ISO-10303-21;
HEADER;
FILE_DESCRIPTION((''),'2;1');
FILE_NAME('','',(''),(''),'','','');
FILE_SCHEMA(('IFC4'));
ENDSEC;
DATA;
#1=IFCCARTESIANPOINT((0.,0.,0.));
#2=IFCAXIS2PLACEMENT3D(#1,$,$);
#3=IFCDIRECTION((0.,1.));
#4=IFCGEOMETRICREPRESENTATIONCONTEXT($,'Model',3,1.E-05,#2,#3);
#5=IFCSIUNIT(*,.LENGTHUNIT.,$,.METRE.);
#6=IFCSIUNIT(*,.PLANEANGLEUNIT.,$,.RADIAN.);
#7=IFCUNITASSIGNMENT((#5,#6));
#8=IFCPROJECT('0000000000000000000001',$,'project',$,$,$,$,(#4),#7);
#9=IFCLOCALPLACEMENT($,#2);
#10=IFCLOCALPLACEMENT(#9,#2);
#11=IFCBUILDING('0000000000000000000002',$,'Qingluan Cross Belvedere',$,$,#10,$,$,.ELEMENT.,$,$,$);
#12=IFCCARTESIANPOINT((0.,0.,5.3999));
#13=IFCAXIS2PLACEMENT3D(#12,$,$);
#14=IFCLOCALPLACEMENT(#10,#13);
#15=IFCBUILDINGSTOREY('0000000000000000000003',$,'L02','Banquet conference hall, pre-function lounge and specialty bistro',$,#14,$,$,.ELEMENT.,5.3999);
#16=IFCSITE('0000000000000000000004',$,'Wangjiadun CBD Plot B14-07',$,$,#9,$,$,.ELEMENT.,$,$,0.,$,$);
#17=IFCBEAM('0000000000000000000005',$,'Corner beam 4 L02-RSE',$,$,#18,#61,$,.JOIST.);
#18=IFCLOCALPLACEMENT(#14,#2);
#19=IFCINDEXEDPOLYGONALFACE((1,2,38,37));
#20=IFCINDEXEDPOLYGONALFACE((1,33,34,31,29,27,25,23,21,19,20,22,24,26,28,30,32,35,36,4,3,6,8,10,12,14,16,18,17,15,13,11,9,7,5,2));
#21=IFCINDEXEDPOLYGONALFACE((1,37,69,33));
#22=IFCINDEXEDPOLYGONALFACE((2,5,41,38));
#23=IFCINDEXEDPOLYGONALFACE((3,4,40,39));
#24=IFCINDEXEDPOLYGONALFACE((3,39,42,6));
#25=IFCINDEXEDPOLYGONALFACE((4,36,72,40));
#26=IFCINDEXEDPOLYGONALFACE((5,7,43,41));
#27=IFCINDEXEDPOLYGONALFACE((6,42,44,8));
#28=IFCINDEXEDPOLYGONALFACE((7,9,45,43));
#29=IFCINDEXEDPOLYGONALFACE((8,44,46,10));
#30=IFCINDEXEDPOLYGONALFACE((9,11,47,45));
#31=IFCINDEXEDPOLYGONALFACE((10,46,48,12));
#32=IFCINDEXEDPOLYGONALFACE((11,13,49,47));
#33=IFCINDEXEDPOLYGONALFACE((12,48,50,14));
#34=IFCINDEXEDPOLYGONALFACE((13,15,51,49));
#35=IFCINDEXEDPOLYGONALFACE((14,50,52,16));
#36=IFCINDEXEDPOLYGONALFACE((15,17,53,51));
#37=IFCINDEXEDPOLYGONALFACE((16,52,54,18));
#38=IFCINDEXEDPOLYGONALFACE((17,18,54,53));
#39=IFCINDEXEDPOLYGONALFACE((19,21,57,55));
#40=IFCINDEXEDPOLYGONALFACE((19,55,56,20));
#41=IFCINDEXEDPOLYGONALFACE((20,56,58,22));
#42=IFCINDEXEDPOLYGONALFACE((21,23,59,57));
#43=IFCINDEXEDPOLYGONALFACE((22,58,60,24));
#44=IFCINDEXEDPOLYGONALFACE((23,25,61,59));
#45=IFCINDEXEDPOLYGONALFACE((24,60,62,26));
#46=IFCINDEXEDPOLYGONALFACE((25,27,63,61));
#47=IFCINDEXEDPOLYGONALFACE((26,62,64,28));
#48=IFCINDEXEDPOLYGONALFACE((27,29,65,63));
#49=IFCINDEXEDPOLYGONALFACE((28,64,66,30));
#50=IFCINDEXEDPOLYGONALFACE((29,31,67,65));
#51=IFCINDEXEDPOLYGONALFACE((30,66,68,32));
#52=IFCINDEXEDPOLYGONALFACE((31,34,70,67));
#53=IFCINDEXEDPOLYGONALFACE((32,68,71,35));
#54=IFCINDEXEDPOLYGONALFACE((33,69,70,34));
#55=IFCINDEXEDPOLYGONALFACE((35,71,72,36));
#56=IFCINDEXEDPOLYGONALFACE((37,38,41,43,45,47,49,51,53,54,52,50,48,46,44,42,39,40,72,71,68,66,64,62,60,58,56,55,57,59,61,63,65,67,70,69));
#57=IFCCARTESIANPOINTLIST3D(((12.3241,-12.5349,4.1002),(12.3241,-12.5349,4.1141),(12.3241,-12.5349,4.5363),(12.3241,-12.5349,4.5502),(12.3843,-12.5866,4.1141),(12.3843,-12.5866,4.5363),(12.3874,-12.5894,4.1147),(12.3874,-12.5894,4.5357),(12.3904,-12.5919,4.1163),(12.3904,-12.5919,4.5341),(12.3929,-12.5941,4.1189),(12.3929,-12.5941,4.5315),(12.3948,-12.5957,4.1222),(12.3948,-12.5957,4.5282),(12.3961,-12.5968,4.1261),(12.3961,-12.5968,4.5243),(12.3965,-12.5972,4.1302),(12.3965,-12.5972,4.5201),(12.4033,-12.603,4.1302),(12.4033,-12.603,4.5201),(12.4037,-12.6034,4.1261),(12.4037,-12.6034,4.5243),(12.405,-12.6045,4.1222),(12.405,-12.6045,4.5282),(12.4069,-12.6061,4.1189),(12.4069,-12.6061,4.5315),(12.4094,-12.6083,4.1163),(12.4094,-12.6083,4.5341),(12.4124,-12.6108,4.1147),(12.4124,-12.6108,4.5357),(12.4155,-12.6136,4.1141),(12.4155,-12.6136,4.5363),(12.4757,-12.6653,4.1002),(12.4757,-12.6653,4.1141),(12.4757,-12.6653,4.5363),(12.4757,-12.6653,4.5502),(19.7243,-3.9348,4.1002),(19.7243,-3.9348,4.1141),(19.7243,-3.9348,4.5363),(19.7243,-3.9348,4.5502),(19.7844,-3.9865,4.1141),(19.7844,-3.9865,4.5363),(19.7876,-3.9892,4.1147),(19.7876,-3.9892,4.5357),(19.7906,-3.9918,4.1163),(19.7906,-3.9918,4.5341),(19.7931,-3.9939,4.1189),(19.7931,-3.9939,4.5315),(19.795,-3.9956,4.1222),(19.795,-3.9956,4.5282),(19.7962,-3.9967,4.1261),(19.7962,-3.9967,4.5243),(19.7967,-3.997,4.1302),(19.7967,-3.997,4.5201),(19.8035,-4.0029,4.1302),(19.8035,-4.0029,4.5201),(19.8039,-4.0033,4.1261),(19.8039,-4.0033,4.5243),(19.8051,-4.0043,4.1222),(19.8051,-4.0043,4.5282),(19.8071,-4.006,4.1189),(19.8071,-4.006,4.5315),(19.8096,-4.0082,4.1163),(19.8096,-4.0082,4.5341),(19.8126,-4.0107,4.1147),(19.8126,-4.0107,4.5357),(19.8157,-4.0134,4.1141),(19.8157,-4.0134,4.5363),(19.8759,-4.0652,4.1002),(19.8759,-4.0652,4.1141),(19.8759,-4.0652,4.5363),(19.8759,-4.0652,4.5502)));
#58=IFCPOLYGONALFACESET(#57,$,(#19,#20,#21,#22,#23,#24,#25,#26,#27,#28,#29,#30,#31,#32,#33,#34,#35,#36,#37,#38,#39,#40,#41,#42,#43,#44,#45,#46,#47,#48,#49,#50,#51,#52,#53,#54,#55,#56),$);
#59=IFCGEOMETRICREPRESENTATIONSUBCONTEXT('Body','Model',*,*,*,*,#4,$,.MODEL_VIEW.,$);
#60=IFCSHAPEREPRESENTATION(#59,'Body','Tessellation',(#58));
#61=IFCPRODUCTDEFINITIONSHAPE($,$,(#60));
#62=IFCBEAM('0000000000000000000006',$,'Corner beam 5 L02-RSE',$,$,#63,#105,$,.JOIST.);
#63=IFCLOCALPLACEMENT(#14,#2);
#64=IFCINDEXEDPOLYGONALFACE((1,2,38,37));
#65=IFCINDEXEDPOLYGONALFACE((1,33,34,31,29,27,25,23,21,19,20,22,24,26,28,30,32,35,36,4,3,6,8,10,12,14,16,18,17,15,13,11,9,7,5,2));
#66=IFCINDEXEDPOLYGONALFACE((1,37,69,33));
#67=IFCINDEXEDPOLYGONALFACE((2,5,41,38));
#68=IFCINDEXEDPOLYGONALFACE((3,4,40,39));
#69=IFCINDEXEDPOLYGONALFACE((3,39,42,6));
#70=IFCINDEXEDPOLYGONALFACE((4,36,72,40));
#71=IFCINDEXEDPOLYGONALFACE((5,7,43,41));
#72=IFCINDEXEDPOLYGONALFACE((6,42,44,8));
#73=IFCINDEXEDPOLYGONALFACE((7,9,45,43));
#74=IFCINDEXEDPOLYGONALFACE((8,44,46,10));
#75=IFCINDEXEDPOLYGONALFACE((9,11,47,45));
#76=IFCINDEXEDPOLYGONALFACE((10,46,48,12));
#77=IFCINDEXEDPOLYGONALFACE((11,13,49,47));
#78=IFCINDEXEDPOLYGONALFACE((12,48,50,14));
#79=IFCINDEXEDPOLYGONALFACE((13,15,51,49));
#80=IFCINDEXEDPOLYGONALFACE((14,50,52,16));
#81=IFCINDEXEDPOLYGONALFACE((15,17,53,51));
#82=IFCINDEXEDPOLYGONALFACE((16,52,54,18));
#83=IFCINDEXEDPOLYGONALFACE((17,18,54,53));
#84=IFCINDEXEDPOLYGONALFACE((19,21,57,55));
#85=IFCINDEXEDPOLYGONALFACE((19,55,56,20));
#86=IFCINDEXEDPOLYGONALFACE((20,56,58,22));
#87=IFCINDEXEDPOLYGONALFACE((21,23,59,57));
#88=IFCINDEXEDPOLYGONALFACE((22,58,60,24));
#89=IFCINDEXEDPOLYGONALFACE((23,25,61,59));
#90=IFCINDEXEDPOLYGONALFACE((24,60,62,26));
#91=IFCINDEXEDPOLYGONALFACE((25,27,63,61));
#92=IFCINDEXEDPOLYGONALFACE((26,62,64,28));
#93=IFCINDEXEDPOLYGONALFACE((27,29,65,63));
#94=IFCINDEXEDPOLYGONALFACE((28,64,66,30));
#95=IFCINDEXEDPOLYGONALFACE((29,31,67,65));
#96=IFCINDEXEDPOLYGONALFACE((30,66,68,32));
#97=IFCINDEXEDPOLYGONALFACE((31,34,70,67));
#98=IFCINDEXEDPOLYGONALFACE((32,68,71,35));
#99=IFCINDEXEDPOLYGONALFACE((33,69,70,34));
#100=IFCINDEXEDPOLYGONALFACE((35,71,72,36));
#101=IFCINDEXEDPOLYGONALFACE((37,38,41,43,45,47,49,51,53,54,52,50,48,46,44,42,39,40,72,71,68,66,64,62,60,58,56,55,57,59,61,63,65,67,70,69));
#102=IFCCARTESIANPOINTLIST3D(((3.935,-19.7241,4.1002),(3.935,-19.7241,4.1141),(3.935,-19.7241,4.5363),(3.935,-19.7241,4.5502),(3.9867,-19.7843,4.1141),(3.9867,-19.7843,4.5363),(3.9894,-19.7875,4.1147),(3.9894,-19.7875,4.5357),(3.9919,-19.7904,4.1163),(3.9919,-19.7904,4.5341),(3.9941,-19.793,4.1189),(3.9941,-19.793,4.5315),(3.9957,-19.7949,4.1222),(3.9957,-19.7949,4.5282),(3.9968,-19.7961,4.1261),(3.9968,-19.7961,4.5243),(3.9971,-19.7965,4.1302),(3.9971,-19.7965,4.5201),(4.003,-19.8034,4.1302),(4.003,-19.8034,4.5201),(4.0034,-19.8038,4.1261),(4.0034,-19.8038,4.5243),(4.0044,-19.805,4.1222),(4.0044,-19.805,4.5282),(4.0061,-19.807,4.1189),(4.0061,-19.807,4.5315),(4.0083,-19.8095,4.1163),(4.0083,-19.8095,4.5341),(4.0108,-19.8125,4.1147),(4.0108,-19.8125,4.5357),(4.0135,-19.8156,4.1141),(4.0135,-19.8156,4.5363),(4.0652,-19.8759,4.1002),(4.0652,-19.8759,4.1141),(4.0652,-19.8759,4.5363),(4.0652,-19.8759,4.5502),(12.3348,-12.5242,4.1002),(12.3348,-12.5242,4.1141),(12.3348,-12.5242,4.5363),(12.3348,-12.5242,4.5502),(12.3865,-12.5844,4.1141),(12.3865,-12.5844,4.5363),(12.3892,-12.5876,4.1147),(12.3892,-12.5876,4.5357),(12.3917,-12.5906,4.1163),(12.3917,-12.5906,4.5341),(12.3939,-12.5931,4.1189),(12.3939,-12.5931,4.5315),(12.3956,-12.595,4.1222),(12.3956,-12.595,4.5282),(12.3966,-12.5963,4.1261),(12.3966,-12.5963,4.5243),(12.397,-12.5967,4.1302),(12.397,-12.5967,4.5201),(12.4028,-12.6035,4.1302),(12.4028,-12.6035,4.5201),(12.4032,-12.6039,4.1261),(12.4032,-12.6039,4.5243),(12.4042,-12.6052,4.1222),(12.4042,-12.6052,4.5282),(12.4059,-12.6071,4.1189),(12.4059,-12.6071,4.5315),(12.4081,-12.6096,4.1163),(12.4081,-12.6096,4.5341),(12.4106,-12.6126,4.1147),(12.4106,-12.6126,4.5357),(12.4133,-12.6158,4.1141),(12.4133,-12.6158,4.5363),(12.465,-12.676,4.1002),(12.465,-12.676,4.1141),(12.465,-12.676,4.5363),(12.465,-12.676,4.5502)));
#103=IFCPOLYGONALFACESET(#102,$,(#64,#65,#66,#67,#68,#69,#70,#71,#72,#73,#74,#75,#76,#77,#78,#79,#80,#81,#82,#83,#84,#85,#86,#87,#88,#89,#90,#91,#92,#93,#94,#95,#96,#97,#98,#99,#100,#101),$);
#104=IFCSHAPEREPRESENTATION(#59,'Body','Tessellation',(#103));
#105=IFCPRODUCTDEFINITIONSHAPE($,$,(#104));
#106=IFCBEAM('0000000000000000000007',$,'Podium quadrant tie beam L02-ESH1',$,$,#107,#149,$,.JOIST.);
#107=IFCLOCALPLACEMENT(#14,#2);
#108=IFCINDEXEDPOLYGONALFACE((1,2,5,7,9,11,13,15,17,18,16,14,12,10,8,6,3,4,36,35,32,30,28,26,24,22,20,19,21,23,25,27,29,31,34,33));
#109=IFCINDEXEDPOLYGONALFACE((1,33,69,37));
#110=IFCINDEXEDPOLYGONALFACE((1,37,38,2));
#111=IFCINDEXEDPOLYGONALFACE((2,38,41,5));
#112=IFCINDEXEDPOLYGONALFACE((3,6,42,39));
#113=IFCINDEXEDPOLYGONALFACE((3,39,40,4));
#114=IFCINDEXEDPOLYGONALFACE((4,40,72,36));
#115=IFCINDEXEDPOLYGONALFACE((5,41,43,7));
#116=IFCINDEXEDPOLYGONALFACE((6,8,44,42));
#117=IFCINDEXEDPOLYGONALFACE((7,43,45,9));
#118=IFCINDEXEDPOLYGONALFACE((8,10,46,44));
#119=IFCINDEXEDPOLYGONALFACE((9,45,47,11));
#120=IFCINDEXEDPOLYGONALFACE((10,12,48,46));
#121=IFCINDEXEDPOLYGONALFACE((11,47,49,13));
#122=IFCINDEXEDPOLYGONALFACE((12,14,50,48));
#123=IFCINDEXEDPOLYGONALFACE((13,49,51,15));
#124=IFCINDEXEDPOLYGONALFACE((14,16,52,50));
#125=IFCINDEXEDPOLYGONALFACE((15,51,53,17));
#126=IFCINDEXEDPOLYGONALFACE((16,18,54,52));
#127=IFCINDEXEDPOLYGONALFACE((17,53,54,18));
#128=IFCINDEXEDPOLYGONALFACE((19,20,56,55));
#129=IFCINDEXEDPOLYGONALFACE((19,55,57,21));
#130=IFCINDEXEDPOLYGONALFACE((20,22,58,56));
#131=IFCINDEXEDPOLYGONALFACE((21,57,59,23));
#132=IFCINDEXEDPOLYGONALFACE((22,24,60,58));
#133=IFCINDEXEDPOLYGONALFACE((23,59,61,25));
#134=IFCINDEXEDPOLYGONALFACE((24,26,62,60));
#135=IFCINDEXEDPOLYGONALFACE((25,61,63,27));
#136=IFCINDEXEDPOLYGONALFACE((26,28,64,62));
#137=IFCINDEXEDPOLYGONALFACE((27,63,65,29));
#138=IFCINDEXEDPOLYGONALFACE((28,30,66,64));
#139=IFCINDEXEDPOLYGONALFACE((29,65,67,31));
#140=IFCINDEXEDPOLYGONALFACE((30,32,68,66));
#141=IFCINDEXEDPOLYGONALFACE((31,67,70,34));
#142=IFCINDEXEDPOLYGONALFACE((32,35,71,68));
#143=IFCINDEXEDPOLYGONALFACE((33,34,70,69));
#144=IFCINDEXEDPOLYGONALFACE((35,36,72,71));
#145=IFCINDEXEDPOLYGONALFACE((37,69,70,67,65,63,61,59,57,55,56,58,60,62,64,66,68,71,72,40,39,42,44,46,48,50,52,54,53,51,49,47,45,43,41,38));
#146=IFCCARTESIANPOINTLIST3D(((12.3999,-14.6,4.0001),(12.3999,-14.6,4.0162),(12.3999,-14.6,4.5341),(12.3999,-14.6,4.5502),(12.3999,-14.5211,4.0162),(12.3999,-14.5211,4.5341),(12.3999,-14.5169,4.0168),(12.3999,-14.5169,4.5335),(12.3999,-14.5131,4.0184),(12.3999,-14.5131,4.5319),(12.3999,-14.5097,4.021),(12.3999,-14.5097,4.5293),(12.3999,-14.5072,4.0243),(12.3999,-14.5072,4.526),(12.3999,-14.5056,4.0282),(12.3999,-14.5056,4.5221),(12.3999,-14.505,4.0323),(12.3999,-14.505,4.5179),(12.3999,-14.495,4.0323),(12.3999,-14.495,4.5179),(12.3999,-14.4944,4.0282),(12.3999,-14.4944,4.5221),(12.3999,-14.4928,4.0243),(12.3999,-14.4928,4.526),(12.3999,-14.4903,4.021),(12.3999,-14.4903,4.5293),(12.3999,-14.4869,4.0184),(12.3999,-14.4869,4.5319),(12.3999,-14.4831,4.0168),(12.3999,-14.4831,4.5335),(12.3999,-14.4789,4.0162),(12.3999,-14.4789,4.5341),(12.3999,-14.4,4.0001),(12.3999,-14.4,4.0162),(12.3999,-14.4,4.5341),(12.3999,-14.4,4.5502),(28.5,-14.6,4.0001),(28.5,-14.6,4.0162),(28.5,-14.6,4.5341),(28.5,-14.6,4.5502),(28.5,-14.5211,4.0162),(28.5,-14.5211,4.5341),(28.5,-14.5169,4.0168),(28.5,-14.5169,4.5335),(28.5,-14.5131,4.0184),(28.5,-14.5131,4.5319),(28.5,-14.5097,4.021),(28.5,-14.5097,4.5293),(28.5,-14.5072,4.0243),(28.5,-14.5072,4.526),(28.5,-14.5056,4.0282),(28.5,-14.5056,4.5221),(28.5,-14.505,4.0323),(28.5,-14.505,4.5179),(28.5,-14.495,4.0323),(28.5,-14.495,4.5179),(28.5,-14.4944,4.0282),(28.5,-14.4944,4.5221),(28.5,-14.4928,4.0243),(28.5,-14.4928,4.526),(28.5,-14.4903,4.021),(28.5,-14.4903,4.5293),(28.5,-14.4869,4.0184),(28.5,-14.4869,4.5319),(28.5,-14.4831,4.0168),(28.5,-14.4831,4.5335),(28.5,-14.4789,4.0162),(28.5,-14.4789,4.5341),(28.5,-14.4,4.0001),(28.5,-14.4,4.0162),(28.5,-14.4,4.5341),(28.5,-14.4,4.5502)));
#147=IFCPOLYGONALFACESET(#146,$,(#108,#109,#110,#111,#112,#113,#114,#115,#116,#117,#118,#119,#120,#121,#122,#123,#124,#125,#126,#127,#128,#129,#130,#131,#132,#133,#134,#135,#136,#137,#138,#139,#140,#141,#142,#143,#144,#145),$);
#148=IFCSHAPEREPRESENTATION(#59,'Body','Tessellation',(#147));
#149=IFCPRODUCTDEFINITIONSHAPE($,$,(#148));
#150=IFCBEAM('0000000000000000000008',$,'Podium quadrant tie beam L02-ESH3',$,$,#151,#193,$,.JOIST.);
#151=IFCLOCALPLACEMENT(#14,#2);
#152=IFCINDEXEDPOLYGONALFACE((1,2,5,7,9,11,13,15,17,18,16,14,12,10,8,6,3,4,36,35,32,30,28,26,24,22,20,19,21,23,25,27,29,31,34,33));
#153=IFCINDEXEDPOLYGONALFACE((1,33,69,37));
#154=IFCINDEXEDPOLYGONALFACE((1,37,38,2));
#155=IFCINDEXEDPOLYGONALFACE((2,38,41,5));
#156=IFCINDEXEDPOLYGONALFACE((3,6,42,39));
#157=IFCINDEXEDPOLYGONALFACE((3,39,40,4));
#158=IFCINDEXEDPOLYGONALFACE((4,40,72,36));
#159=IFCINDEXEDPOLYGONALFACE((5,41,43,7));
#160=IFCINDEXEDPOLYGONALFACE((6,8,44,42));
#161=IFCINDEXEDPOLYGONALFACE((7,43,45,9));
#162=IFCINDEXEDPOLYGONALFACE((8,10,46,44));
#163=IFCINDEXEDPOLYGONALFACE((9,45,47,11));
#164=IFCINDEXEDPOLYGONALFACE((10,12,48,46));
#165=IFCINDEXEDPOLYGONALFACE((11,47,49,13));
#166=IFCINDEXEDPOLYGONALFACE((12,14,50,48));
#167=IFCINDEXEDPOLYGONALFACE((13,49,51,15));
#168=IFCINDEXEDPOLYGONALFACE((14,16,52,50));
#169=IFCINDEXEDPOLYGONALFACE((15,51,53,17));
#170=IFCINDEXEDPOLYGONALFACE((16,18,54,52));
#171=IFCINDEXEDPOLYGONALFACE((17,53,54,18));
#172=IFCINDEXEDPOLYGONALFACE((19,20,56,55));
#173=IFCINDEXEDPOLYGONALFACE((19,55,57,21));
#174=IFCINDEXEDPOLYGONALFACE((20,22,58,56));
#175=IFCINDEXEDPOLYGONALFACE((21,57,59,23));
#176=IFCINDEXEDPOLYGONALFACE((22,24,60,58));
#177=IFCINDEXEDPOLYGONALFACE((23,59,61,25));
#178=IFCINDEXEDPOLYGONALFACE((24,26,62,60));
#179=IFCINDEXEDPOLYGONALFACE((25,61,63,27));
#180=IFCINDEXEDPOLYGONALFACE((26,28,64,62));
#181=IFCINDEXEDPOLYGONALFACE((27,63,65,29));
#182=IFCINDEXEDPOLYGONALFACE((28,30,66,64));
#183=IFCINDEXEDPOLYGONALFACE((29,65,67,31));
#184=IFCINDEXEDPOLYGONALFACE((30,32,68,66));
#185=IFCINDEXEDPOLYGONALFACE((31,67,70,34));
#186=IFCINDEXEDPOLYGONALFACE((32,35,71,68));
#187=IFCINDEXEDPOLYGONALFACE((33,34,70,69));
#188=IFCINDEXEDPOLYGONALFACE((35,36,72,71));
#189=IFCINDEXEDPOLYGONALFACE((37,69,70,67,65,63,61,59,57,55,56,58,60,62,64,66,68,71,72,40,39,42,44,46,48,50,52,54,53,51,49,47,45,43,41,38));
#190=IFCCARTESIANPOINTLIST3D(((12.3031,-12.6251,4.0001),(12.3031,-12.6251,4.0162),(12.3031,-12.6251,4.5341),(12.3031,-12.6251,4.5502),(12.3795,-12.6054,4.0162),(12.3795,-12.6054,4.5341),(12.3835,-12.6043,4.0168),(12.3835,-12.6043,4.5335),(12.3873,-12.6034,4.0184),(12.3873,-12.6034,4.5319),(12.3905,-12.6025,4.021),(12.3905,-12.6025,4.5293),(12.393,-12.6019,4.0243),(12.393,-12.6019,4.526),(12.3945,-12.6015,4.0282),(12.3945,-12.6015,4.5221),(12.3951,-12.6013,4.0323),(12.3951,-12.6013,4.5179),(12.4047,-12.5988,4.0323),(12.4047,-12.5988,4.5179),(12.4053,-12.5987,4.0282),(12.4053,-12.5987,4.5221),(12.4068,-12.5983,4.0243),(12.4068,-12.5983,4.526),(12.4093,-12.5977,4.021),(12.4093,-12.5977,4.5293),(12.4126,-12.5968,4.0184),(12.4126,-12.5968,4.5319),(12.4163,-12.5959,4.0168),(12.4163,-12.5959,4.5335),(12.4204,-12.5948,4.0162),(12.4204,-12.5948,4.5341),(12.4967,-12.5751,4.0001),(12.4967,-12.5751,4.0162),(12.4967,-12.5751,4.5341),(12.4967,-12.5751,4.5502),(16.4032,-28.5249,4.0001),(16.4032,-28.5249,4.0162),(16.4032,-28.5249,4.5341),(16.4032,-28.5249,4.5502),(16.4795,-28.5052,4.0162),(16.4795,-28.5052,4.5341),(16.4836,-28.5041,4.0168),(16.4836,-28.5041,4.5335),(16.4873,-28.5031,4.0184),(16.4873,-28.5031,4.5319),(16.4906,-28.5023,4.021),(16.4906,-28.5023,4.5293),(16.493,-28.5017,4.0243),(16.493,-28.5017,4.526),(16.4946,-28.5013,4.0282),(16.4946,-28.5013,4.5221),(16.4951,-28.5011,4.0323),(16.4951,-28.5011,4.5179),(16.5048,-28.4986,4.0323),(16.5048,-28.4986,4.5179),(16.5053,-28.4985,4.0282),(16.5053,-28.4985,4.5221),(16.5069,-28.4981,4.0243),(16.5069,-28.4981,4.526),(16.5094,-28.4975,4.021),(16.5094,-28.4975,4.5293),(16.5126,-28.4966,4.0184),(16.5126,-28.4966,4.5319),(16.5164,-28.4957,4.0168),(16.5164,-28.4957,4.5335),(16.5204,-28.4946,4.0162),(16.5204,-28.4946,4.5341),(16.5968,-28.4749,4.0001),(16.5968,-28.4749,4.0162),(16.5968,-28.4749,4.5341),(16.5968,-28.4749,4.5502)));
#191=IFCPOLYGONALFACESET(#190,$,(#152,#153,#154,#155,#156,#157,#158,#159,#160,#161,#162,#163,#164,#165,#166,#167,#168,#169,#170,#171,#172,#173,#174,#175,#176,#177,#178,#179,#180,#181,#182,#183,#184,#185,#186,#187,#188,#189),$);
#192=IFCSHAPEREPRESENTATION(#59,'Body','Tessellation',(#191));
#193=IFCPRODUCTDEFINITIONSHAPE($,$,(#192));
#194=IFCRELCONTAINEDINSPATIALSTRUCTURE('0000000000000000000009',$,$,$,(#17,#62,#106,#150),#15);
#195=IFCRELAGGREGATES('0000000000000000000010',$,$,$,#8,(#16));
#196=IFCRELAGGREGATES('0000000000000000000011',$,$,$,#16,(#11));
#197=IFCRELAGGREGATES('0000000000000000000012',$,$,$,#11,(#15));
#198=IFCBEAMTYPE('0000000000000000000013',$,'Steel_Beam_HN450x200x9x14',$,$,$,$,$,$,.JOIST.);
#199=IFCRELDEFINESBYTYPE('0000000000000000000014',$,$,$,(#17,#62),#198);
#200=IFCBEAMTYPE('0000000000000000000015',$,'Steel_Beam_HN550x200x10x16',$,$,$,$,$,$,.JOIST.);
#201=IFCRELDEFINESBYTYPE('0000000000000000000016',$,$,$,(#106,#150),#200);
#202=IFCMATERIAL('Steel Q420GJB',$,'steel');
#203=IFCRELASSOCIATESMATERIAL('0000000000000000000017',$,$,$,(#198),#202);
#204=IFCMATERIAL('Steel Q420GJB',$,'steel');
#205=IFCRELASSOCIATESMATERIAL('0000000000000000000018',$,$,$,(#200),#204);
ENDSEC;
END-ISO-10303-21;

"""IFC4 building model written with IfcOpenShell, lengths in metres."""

from ifc_helpers import new_model, si_unit, direction, frame, origin, origin_2d, place, context, subcontext, project, spatial, i_section, extrude, material, material_profile, profile_set, type_object, element, save


model = new_model("IFC4")

# Units and contexts
model_context = context("Model", 3, precision=1e-05, world=origin(), true_north=direction((0.0, 1.0)))
body_context = subcontext(model_context, "Body", "Model", "MODEL_VIEW")
ifc_project = project(units=[si_unit("LENGTHUNIT", "METRE"), si_unit("PLANEANGLEUNIT", "RADIAN")], contexts=[model_context])

# Site, building, storey
site_placement = place(None, origin())
site = spatial("IfcSite", under=ifc_project, at=site_placement, Name="Wangjiadun CBD Plot B14-07", CompositionType="ELEMENT", RefElevation=0.0)
building_placement = place(site_placement, origin())
building = spatial("IfcBuilding", under=site, at=building_placement, Name="Qingluan Cross Belvedere", CompositionType="ELEMENT")
storey_placement = place(building_placement, frame((0.0, 0.0, 5.3999)))
storey = spatial("IfcBuildingStorey", under=building, at=storey_placement, Name="L02", Description="Banquet conference hall, pre-function lounge and specialty bistro", CompositionType="ELEMENT", Elevation=5.3999)

# Beams
ifc_material_1 = material(Name="Steel Q420GJB", Category="steel")
ifc_material_profile_1 = material_profile(ifc_material_1, i_section(OverallWidth=0.2, OverallDepth=0.45, WebThickness=0.009, FlangeThickness=0.0139, FilletRadius=0.0161, at=origin_2d()), Name="HN450x200x9x14")
ifc_profile_set_1 = profile_set([ifc_material_profile_1], Name="Steel Q420GJB")
beam_type_1 = type_object("IfcBeamType", Name="Steel_Beam_HN450x200x9x14", PredefinedType="JOIST", material=ifc_profile_set_1)
beam_1_placement = place(storey_placement, frame((12.3999, -12.6001, 4.3252), z_axis=(0.652245, 0.758008, 0.0), x_axis=(-0.758008, 0.652245, 0.0)))
element("IfcBeam", 1, at=beam_1_placement, inside=storey, type_object=beam_type_1, Name="Corner beam 4 L02-RSE", PredefinedType="JOIST", context=body_context, shape_type="SweptSolid", body=[
    extrude(i_section(OverallWidth=0.2, OverallDepth=0.45, WebThickness=0.009, FlangeThickness=0.0139, FilletRadius=0.0161, at=origin_2d()), origin(), (0.0, 0.0, 1.0), 11.3457),
])
beam_2_placement = place(storey_placement, frame((12.3999, -12.6001, 4.3252), z_axis=(-0.759255, -0.650793, 0.0), x_axis=(0.650793, -0.759255, 0.0)))
element("IfcBeam", 2, at=beam_2_placement, inside=storey, type_object=beam_type_1, Name="Corner beam 5 L02-RSE", PredefinedType="JOIST", context=body_context, shape_type="SweptSolid", body=[
    extrude(i_section(OverallWidth=0.2, OverallDepth=0.45, WebThickness=0.009, FlangeThickness=0.0139, FilletRadius=0.0161, at=origin_2d()), origin(), (0.0, 0.0, 1.0), 11.0632),
])
ifc_material_2 = material(Name="Steel Q420GJB", Category="steel")
ifc_material_profile_2 = material_profile(ifc_material_2, i_section(OverallWidth=0.2, OverallDepth=0.55, WebThickness=0.01, FlangeThickness=0.0161, FilletRadius=0.0161, at=origin_2d()), Name="HN550x200x10x16")
ifc_profile_set_2 = profile_set([ifc_material_profile_2], Name="Steel Q420GJB")
beam_type_2 = type_object("IfcBeamType", Name="Steel_Beam_HN550x200x10x16", PredefinedType="JOIST", material=ifc_profile_set_2)
beam_3_placement = place(storey_placement, frame((12.3999, -14.5, 4.2751), z_axis=(1.0, 0.0, 0.0), x_axis=(0.0, 1.0, 0.0)))
element("IfcBeam", 3, at=beam_3_placement, inside=storey, type_object=beam_type_2, Name="Podium quadrant tie beam L02-ESH1", PredefinedType="JOIST", context=body_context, shape_type="SweptSolid", body=[
    extrude(i_section(OverallWidth=0.2, OverallDepth=0.55, WebThickness=0.01, FlangeThickness=0.0161, FilletRadius=0.0161, at=origin_2d()), origin(), (0.0, 0.0, 1.0), 16.1001),
])
beam_4_placement = place(storey_placement, frame((12.3999, -12.6001, 4.2751), z_axis=(0.249701, -0.968323, 0.0), x_axis=(0.968323, 0.249701, 0.0)))
element("IfcBeam", 4, at=beam_4_placement, inside=storey, type_object=beam_type_2, Name="Podium quadrant tie beam L02-ESH3", PredefinedType="JOIST", context=body_context, shape_type="SweptSolid", body=[
    extrude(i_section(OverallWidth=0.2, OverallDepth=0.55, WebThickness=0.01, FlangeThickness=0.0161, FilletRadius=0.0161, at=origin_2d()), origin(), (0.0, 0.0, 1.0), 16.4199),
])

save(model, "model.ifc")
